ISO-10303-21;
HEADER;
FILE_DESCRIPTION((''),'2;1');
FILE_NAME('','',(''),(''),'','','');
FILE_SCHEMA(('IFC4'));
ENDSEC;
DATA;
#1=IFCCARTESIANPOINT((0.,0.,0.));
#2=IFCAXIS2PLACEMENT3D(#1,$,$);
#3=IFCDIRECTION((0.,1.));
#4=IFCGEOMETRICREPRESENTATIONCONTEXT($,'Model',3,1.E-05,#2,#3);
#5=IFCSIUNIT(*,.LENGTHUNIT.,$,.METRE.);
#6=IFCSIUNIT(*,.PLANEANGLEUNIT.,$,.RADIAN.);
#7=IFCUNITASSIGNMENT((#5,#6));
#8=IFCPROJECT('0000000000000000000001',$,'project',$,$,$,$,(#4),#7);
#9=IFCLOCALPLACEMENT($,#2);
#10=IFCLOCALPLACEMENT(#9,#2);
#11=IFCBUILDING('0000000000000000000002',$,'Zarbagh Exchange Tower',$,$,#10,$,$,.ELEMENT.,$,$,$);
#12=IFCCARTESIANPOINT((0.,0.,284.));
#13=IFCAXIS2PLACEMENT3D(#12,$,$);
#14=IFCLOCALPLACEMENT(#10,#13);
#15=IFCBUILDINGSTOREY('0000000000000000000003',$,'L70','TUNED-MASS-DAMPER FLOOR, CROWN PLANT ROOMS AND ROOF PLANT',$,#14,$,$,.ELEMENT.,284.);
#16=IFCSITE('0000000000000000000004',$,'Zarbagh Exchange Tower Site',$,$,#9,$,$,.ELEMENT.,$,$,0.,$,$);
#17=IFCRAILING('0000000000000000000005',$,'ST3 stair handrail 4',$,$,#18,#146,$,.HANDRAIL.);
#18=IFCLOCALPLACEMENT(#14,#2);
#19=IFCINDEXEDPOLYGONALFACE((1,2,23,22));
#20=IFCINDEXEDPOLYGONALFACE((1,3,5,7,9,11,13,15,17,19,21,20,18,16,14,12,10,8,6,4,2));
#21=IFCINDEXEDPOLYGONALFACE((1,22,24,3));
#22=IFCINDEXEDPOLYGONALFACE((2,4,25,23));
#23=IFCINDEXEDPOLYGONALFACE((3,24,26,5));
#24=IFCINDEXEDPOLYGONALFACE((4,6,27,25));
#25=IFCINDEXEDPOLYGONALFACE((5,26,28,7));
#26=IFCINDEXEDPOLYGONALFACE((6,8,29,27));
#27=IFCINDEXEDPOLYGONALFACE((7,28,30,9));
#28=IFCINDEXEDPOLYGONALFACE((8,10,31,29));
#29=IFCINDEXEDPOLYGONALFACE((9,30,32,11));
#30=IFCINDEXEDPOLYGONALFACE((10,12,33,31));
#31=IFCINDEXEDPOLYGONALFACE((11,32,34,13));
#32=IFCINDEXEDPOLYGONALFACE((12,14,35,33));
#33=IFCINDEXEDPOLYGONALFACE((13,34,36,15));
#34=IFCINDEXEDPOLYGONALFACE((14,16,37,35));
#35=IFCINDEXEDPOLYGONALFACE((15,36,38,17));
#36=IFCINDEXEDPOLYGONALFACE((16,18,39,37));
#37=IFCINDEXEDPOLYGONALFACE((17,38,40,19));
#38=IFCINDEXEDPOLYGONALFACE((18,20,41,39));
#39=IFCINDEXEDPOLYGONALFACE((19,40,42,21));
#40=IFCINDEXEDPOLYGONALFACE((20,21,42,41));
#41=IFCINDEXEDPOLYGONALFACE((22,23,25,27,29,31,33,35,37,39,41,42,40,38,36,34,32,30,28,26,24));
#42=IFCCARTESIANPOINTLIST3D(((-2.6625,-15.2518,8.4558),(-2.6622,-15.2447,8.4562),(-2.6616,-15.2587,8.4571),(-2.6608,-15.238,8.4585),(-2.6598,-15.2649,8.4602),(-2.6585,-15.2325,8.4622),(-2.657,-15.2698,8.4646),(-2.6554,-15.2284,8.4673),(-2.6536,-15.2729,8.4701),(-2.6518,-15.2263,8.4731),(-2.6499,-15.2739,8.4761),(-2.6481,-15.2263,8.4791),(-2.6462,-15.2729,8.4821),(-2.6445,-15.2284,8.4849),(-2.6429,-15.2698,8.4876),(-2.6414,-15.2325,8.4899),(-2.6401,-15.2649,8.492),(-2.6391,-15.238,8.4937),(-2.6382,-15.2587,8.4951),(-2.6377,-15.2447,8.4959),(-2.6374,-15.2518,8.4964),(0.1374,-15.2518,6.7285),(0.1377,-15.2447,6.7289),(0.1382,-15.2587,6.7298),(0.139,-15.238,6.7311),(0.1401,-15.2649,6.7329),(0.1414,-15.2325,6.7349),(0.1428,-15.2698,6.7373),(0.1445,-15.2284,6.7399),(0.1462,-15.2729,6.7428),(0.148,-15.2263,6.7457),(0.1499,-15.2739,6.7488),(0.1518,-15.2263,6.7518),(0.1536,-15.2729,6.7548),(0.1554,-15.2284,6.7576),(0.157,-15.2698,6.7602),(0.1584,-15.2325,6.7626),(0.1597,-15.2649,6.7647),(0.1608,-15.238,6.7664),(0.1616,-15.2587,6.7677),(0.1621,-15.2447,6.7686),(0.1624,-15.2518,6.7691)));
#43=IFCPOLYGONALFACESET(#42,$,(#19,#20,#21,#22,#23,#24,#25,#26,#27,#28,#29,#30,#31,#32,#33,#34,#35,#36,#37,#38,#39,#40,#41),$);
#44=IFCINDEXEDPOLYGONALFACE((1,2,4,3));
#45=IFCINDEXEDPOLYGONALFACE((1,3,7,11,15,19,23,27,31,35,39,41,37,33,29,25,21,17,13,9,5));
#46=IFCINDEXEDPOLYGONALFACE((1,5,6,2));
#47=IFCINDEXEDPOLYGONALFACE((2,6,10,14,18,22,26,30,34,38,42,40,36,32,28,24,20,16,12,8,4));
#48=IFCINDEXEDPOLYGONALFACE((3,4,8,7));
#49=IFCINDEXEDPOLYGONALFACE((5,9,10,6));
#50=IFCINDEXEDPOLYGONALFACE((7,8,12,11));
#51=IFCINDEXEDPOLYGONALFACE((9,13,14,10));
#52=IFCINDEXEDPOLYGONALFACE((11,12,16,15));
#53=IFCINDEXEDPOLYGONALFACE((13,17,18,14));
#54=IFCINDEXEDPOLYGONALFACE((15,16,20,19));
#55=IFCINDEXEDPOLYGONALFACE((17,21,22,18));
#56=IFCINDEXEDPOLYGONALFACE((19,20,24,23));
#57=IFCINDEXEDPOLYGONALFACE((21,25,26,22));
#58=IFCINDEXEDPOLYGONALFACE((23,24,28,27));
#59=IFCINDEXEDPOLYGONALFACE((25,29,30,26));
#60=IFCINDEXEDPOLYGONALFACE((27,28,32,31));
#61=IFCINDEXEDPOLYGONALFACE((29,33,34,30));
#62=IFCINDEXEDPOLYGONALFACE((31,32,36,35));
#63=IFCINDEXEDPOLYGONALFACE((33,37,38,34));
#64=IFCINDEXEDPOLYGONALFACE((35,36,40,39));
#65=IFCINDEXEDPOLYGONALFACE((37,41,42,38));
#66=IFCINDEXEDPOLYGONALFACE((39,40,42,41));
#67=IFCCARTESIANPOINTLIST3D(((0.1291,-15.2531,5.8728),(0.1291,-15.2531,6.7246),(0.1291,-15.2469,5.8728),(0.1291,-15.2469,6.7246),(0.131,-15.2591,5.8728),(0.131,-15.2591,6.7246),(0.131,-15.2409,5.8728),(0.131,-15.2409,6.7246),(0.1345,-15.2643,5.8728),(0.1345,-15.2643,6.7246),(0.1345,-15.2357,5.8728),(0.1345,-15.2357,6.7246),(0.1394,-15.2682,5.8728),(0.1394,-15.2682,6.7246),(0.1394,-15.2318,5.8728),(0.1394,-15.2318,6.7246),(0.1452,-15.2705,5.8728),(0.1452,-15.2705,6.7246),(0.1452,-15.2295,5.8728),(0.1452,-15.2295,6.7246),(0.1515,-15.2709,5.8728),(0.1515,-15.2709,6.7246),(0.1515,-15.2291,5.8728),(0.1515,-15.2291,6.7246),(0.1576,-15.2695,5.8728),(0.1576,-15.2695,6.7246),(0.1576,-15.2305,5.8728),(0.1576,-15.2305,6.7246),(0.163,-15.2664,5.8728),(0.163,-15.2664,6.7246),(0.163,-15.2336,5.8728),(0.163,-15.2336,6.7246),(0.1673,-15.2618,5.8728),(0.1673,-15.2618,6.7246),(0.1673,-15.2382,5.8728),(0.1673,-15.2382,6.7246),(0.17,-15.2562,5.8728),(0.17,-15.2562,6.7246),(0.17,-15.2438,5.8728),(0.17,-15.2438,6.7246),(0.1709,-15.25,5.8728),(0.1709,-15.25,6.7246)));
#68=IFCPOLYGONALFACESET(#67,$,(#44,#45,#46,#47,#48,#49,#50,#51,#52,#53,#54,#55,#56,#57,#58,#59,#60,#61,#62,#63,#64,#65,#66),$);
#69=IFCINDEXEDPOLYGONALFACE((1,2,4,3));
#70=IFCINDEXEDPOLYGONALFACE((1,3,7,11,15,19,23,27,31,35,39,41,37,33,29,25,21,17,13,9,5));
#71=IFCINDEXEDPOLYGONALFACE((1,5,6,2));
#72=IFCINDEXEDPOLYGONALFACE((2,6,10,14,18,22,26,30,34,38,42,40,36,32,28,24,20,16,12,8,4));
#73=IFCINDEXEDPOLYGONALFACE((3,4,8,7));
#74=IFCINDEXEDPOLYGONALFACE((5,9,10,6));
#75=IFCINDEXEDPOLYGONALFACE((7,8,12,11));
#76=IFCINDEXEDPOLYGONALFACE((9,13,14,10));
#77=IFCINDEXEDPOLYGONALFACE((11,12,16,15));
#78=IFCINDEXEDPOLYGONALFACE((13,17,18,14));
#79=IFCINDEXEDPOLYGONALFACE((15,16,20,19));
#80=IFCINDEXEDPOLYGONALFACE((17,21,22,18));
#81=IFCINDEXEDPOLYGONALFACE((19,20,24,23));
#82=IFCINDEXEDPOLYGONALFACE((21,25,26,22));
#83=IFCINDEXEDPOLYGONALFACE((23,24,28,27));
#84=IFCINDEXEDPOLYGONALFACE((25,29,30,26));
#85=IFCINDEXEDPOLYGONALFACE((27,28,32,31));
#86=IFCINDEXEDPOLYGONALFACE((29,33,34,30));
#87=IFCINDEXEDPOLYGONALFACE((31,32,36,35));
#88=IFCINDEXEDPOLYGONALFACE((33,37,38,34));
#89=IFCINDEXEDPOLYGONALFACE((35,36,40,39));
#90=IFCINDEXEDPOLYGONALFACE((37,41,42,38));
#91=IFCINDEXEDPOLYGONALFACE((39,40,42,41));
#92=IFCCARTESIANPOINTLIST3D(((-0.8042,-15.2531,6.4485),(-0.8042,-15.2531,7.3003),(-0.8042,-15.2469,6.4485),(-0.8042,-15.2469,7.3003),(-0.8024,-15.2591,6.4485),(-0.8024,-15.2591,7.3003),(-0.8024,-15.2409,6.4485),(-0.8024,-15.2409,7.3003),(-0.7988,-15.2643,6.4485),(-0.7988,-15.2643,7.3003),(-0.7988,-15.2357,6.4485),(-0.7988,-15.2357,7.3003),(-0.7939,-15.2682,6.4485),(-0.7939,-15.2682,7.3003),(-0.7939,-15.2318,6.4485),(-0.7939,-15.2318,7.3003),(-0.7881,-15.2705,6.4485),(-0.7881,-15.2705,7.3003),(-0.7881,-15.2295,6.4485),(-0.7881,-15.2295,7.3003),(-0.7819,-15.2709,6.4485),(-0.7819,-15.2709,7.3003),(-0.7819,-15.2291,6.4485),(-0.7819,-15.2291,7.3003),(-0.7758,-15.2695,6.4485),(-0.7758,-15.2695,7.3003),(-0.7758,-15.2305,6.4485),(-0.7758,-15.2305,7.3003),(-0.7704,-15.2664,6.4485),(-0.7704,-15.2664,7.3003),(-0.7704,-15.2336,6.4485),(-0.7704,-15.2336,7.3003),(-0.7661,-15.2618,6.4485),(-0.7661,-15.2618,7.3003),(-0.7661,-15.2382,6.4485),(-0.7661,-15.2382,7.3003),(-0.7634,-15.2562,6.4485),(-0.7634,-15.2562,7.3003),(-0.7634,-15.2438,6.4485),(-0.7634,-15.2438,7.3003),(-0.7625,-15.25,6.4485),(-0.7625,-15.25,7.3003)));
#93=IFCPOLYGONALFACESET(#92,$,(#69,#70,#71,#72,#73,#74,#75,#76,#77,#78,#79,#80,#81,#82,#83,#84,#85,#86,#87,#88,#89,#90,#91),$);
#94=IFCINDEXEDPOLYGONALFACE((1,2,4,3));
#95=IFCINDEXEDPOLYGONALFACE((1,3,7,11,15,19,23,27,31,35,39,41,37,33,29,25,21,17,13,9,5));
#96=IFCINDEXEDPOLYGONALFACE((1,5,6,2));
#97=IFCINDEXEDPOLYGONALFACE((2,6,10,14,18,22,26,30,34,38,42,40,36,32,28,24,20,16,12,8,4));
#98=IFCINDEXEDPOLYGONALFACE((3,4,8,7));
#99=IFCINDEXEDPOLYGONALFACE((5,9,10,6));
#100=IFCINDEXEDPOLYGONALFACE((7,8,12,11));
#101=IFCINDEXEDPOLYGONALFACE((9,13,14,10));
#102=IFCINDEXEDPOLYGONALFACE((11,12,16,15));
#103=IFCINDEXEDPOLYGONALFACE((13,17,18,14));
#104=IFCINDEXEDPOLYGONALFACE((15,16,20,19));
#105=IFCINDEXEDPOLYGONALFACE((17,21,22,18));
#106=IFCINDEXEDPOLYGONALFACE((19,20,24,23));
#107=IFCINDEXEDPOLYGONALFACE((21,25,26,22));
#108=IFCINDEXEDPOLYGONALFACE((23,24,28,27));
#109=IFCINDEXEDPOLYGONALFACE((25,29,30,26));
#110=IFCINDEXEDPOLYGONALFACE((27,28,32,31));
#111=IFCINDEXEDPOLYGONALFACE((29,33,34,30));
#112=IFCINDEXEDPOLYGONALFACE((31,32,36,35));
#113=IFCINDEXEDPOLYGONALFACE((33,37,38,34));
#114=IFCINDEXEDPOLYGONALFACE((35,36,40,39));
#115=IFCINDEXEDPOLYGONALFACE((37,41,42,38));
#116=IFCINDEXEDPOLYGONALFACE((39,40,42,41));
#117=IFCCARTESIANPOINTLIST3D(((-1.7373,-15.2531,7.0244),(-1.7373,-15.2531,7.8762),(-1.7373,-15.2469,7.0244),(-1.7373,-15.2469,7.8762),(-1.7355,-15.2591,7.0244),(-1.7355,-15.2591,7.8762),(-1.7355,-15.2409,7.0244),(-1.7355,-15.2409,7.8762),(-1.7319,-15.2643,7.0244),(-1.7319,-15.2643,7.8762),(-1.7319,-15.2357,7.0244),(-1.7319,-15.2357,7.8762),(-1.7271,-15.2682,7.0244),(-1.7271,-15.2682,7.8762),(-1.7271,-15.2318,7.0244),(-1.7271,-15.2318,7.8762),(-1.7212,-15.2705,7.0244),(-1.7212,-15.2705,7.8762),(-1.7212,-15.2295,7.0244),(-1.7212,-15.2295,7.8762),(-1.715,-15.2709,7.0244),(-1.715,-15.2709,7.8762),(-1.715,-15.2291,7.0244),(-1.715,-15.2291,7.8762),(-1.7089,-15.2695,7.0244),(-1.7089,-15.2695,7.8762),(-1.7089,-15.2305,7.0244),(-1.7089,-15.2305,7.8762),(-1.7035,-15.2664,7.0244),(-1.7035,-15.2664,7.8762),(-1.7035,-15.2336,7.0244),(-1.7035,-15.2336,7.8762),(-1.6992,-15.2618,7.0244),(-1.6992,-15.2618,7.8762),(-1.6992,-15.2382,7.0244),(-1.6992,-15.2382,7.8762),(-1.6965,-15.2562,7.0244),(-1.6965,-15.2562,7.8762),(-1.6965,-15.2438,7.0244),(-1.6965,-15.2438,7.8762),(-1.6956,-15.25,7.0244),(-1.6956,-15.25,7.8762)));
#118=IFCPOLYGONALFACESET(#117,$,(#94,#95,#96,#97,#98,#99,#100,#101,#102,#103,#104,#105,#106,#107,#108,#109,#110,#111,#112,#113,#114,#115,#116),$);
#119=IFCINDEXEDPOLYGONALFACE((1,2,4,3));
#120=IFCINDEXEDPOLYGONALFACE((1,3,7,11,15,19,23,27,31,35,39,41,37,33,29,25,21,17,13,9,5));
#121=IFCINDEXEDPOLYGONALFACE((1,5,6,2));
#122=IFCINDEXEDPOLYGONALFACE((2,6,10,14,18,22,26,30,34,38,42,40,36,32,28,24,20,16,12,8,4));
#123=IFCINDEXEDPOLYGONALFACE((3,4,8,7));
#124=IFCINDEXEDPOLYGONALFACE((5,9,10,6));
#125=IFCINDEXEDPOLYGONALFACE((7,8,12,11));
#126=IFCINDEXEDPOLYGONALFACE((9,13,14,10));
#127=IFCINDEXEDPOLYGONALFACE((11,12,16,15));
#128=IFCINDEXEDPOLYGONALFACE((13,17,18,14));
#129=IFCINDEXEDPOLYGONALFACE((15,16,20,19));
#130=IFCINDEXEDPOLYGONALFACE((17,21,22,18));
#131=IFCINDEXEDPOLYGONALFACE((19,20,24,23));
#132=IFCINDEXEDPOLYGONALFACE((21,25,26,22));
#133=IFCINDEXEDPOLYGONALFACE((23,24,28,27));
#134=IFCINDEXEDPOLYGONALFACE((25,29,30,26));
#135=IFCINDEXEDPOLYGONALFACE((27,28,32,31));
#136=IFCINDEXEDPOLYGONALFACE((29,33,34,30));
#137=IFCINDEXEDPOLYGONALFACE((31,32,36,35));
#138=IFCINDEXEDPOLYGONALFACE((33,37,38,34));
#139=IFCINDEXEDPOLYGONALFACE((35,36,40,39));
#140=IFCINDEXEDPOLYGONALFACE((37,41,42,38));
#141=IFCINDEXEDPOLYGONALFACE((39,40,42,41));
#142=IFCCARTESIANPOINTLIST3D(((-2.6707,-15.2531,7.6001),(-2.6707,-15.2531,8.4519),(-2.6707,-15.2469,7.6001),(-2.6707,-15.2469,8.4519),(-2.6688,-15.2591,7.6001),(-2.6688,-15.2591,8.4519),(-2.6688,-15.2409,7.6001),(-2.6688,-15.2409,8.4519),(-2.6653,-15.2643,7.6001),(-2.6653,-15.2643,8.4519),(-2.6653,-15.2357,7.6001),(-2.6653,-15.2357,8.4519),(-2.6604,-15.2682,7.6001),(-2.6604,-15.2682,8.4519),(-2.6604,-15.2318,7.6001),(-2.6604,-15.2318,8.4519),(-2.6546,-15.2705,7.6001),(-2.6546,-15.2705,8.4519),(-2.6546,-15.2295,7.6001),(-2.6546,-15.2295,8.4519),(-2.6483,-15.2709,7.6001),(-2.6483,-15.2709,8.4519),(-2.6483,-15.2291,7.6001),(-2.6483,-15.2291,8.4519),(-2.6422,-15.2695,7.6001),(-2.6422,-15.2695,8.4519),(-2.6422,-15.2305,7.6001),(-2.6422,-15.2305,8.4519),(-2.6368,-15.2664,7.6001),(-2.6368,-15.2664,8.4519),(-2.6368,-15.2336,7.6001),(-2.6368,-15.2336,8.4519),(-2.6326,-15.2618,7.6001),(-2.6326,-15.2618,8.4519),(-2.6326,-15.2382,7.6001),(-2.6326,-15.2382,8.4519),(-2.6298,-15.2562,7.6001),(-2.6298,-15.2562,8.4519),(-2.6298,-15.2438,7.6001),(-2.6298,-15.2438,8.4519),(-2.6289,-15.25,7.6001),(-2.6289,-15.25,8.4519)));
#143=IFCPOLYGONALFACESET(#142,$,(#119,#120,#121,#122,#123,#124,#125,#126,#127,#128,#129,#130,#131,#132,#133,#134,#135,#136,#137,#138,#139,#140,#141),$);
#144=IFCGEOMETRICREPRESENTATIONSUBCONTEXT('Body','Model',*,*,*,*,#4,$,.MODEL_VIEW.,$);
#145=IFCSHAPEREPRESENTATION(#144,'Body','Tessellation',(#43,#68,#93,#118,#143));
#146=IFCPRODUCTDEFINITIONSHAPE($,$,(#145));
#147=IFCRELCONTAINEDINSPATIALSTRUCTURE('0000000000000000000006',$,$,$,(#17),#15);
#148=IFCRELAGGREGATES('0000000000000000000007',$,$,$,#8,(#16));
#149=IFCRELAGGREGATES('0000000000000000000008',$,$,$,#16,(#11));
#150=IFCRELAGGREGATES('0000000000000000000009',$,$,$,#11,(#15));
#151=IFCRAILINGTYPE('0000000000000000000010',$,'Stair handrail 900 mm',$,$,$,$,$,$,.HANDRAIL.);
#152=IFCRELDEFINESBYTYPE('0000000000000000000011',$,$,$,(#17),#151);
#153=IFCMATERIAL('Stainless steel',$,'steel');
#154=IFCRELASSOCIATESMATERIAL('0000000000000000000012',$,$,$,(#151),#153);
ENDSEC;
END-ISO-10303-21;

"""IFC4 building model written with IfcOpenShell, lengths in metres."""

from ifc_helpers import new_model, si_unit, direction, frame, origin, origin_2d, place, context, subcontext, project, spatial, circle, extrude, material, type_object, element, save


model = new_model("IFC4")

# Units and contexts
model_context = context("Model", 3, precision=1e-05, world=origin(), true_north=direction((0.0, 1.0)))
body_context = subcontext(model_context, "Body", "Model", "MODEL_VIEW")
ifc_project = project(units=[si_unit("LENGTHUNIT", "METRE"), si_unit("PLANEANGLEUNIT", "RADIAN")], contexts=[model_context])

# Site, building, storey
site_placement = place(None, origin())
site = spatial("IfcSite", under=ifc_project, at=site_placement, Name="Zarbagh Exchange Tower Site", CompositionType="ELEMENT", RefElevation=0.0)
building_placement = place(site_placement, origin())
building = spatial("IfcBuilding", under=site, at=building_placement, Name="Zarbagh Exchange Tower", CompositionType="ELEMENT")
storey_placement = place(building_placement, frame((0.0, 0.0, 284.0)))
storey = spatial("IfcBuildingStorey", under=building, at=storey_placement, Name="L70", Description="TUNED-MASS-DAMPER FLOOR, CROWN PLANT ROOMS AND ROOF PLANT", CompositionType="ELEMENT", Elevation=284.0)

# Railing
ifc_material_1 = material(Name="Stainless steel", Category="steel")
railing_type_1 = type_object("IfcRailingType", Name="Stair handrail 900 mm", PredefinedType="HANDRAIL", material=ifc_material_1)
for number, where, name in (
    (1, (0.1499, -15.25, 5.8728), "ST3 stair handrail 4"),
):
    element("IfcRailing", number, at=place(storey_placement, frame(where)), inside=storey, type_object=railing_type_1, Name=name, PredefinedType="HANDRAIL", context=body_context, shape_type="SweptSolid", body=[
        extrude(circle(Radius=0.0239, at=origin_2d()), frame((0.0, 0.0, 0.876), z_axis=(-0.851069, 0.0, 0.525054), x_axis=(0.0, -1.0, 0.0)), (0.0, 0.0, 1.0), 3.2898),
        extrude(circle(Radius=0.021, at=origin_2d()), origin(), (0.0, 0.0, 1.0), 0.8518),
        extrude(circle(Radius=0.021, at=origin_2d()), frame((-0.9333, 0.0, 0.5757)), (0.0, 0.0, 1.0), 0.8518),
        extrude(circle(Radius=0.021, at=origin_2d()), frame((-1.8665, 0.0, 1.1516)), (0.0, 0.0, 1.0), 0.8518),
        extrude(circle(Radius=0.021, at=origin_2d()), frame((-2.7998, 0.0, 1.7273)), (0.0, 0.0, 1.0), 0.8518),
    ])

save(model, "model.ifc")
